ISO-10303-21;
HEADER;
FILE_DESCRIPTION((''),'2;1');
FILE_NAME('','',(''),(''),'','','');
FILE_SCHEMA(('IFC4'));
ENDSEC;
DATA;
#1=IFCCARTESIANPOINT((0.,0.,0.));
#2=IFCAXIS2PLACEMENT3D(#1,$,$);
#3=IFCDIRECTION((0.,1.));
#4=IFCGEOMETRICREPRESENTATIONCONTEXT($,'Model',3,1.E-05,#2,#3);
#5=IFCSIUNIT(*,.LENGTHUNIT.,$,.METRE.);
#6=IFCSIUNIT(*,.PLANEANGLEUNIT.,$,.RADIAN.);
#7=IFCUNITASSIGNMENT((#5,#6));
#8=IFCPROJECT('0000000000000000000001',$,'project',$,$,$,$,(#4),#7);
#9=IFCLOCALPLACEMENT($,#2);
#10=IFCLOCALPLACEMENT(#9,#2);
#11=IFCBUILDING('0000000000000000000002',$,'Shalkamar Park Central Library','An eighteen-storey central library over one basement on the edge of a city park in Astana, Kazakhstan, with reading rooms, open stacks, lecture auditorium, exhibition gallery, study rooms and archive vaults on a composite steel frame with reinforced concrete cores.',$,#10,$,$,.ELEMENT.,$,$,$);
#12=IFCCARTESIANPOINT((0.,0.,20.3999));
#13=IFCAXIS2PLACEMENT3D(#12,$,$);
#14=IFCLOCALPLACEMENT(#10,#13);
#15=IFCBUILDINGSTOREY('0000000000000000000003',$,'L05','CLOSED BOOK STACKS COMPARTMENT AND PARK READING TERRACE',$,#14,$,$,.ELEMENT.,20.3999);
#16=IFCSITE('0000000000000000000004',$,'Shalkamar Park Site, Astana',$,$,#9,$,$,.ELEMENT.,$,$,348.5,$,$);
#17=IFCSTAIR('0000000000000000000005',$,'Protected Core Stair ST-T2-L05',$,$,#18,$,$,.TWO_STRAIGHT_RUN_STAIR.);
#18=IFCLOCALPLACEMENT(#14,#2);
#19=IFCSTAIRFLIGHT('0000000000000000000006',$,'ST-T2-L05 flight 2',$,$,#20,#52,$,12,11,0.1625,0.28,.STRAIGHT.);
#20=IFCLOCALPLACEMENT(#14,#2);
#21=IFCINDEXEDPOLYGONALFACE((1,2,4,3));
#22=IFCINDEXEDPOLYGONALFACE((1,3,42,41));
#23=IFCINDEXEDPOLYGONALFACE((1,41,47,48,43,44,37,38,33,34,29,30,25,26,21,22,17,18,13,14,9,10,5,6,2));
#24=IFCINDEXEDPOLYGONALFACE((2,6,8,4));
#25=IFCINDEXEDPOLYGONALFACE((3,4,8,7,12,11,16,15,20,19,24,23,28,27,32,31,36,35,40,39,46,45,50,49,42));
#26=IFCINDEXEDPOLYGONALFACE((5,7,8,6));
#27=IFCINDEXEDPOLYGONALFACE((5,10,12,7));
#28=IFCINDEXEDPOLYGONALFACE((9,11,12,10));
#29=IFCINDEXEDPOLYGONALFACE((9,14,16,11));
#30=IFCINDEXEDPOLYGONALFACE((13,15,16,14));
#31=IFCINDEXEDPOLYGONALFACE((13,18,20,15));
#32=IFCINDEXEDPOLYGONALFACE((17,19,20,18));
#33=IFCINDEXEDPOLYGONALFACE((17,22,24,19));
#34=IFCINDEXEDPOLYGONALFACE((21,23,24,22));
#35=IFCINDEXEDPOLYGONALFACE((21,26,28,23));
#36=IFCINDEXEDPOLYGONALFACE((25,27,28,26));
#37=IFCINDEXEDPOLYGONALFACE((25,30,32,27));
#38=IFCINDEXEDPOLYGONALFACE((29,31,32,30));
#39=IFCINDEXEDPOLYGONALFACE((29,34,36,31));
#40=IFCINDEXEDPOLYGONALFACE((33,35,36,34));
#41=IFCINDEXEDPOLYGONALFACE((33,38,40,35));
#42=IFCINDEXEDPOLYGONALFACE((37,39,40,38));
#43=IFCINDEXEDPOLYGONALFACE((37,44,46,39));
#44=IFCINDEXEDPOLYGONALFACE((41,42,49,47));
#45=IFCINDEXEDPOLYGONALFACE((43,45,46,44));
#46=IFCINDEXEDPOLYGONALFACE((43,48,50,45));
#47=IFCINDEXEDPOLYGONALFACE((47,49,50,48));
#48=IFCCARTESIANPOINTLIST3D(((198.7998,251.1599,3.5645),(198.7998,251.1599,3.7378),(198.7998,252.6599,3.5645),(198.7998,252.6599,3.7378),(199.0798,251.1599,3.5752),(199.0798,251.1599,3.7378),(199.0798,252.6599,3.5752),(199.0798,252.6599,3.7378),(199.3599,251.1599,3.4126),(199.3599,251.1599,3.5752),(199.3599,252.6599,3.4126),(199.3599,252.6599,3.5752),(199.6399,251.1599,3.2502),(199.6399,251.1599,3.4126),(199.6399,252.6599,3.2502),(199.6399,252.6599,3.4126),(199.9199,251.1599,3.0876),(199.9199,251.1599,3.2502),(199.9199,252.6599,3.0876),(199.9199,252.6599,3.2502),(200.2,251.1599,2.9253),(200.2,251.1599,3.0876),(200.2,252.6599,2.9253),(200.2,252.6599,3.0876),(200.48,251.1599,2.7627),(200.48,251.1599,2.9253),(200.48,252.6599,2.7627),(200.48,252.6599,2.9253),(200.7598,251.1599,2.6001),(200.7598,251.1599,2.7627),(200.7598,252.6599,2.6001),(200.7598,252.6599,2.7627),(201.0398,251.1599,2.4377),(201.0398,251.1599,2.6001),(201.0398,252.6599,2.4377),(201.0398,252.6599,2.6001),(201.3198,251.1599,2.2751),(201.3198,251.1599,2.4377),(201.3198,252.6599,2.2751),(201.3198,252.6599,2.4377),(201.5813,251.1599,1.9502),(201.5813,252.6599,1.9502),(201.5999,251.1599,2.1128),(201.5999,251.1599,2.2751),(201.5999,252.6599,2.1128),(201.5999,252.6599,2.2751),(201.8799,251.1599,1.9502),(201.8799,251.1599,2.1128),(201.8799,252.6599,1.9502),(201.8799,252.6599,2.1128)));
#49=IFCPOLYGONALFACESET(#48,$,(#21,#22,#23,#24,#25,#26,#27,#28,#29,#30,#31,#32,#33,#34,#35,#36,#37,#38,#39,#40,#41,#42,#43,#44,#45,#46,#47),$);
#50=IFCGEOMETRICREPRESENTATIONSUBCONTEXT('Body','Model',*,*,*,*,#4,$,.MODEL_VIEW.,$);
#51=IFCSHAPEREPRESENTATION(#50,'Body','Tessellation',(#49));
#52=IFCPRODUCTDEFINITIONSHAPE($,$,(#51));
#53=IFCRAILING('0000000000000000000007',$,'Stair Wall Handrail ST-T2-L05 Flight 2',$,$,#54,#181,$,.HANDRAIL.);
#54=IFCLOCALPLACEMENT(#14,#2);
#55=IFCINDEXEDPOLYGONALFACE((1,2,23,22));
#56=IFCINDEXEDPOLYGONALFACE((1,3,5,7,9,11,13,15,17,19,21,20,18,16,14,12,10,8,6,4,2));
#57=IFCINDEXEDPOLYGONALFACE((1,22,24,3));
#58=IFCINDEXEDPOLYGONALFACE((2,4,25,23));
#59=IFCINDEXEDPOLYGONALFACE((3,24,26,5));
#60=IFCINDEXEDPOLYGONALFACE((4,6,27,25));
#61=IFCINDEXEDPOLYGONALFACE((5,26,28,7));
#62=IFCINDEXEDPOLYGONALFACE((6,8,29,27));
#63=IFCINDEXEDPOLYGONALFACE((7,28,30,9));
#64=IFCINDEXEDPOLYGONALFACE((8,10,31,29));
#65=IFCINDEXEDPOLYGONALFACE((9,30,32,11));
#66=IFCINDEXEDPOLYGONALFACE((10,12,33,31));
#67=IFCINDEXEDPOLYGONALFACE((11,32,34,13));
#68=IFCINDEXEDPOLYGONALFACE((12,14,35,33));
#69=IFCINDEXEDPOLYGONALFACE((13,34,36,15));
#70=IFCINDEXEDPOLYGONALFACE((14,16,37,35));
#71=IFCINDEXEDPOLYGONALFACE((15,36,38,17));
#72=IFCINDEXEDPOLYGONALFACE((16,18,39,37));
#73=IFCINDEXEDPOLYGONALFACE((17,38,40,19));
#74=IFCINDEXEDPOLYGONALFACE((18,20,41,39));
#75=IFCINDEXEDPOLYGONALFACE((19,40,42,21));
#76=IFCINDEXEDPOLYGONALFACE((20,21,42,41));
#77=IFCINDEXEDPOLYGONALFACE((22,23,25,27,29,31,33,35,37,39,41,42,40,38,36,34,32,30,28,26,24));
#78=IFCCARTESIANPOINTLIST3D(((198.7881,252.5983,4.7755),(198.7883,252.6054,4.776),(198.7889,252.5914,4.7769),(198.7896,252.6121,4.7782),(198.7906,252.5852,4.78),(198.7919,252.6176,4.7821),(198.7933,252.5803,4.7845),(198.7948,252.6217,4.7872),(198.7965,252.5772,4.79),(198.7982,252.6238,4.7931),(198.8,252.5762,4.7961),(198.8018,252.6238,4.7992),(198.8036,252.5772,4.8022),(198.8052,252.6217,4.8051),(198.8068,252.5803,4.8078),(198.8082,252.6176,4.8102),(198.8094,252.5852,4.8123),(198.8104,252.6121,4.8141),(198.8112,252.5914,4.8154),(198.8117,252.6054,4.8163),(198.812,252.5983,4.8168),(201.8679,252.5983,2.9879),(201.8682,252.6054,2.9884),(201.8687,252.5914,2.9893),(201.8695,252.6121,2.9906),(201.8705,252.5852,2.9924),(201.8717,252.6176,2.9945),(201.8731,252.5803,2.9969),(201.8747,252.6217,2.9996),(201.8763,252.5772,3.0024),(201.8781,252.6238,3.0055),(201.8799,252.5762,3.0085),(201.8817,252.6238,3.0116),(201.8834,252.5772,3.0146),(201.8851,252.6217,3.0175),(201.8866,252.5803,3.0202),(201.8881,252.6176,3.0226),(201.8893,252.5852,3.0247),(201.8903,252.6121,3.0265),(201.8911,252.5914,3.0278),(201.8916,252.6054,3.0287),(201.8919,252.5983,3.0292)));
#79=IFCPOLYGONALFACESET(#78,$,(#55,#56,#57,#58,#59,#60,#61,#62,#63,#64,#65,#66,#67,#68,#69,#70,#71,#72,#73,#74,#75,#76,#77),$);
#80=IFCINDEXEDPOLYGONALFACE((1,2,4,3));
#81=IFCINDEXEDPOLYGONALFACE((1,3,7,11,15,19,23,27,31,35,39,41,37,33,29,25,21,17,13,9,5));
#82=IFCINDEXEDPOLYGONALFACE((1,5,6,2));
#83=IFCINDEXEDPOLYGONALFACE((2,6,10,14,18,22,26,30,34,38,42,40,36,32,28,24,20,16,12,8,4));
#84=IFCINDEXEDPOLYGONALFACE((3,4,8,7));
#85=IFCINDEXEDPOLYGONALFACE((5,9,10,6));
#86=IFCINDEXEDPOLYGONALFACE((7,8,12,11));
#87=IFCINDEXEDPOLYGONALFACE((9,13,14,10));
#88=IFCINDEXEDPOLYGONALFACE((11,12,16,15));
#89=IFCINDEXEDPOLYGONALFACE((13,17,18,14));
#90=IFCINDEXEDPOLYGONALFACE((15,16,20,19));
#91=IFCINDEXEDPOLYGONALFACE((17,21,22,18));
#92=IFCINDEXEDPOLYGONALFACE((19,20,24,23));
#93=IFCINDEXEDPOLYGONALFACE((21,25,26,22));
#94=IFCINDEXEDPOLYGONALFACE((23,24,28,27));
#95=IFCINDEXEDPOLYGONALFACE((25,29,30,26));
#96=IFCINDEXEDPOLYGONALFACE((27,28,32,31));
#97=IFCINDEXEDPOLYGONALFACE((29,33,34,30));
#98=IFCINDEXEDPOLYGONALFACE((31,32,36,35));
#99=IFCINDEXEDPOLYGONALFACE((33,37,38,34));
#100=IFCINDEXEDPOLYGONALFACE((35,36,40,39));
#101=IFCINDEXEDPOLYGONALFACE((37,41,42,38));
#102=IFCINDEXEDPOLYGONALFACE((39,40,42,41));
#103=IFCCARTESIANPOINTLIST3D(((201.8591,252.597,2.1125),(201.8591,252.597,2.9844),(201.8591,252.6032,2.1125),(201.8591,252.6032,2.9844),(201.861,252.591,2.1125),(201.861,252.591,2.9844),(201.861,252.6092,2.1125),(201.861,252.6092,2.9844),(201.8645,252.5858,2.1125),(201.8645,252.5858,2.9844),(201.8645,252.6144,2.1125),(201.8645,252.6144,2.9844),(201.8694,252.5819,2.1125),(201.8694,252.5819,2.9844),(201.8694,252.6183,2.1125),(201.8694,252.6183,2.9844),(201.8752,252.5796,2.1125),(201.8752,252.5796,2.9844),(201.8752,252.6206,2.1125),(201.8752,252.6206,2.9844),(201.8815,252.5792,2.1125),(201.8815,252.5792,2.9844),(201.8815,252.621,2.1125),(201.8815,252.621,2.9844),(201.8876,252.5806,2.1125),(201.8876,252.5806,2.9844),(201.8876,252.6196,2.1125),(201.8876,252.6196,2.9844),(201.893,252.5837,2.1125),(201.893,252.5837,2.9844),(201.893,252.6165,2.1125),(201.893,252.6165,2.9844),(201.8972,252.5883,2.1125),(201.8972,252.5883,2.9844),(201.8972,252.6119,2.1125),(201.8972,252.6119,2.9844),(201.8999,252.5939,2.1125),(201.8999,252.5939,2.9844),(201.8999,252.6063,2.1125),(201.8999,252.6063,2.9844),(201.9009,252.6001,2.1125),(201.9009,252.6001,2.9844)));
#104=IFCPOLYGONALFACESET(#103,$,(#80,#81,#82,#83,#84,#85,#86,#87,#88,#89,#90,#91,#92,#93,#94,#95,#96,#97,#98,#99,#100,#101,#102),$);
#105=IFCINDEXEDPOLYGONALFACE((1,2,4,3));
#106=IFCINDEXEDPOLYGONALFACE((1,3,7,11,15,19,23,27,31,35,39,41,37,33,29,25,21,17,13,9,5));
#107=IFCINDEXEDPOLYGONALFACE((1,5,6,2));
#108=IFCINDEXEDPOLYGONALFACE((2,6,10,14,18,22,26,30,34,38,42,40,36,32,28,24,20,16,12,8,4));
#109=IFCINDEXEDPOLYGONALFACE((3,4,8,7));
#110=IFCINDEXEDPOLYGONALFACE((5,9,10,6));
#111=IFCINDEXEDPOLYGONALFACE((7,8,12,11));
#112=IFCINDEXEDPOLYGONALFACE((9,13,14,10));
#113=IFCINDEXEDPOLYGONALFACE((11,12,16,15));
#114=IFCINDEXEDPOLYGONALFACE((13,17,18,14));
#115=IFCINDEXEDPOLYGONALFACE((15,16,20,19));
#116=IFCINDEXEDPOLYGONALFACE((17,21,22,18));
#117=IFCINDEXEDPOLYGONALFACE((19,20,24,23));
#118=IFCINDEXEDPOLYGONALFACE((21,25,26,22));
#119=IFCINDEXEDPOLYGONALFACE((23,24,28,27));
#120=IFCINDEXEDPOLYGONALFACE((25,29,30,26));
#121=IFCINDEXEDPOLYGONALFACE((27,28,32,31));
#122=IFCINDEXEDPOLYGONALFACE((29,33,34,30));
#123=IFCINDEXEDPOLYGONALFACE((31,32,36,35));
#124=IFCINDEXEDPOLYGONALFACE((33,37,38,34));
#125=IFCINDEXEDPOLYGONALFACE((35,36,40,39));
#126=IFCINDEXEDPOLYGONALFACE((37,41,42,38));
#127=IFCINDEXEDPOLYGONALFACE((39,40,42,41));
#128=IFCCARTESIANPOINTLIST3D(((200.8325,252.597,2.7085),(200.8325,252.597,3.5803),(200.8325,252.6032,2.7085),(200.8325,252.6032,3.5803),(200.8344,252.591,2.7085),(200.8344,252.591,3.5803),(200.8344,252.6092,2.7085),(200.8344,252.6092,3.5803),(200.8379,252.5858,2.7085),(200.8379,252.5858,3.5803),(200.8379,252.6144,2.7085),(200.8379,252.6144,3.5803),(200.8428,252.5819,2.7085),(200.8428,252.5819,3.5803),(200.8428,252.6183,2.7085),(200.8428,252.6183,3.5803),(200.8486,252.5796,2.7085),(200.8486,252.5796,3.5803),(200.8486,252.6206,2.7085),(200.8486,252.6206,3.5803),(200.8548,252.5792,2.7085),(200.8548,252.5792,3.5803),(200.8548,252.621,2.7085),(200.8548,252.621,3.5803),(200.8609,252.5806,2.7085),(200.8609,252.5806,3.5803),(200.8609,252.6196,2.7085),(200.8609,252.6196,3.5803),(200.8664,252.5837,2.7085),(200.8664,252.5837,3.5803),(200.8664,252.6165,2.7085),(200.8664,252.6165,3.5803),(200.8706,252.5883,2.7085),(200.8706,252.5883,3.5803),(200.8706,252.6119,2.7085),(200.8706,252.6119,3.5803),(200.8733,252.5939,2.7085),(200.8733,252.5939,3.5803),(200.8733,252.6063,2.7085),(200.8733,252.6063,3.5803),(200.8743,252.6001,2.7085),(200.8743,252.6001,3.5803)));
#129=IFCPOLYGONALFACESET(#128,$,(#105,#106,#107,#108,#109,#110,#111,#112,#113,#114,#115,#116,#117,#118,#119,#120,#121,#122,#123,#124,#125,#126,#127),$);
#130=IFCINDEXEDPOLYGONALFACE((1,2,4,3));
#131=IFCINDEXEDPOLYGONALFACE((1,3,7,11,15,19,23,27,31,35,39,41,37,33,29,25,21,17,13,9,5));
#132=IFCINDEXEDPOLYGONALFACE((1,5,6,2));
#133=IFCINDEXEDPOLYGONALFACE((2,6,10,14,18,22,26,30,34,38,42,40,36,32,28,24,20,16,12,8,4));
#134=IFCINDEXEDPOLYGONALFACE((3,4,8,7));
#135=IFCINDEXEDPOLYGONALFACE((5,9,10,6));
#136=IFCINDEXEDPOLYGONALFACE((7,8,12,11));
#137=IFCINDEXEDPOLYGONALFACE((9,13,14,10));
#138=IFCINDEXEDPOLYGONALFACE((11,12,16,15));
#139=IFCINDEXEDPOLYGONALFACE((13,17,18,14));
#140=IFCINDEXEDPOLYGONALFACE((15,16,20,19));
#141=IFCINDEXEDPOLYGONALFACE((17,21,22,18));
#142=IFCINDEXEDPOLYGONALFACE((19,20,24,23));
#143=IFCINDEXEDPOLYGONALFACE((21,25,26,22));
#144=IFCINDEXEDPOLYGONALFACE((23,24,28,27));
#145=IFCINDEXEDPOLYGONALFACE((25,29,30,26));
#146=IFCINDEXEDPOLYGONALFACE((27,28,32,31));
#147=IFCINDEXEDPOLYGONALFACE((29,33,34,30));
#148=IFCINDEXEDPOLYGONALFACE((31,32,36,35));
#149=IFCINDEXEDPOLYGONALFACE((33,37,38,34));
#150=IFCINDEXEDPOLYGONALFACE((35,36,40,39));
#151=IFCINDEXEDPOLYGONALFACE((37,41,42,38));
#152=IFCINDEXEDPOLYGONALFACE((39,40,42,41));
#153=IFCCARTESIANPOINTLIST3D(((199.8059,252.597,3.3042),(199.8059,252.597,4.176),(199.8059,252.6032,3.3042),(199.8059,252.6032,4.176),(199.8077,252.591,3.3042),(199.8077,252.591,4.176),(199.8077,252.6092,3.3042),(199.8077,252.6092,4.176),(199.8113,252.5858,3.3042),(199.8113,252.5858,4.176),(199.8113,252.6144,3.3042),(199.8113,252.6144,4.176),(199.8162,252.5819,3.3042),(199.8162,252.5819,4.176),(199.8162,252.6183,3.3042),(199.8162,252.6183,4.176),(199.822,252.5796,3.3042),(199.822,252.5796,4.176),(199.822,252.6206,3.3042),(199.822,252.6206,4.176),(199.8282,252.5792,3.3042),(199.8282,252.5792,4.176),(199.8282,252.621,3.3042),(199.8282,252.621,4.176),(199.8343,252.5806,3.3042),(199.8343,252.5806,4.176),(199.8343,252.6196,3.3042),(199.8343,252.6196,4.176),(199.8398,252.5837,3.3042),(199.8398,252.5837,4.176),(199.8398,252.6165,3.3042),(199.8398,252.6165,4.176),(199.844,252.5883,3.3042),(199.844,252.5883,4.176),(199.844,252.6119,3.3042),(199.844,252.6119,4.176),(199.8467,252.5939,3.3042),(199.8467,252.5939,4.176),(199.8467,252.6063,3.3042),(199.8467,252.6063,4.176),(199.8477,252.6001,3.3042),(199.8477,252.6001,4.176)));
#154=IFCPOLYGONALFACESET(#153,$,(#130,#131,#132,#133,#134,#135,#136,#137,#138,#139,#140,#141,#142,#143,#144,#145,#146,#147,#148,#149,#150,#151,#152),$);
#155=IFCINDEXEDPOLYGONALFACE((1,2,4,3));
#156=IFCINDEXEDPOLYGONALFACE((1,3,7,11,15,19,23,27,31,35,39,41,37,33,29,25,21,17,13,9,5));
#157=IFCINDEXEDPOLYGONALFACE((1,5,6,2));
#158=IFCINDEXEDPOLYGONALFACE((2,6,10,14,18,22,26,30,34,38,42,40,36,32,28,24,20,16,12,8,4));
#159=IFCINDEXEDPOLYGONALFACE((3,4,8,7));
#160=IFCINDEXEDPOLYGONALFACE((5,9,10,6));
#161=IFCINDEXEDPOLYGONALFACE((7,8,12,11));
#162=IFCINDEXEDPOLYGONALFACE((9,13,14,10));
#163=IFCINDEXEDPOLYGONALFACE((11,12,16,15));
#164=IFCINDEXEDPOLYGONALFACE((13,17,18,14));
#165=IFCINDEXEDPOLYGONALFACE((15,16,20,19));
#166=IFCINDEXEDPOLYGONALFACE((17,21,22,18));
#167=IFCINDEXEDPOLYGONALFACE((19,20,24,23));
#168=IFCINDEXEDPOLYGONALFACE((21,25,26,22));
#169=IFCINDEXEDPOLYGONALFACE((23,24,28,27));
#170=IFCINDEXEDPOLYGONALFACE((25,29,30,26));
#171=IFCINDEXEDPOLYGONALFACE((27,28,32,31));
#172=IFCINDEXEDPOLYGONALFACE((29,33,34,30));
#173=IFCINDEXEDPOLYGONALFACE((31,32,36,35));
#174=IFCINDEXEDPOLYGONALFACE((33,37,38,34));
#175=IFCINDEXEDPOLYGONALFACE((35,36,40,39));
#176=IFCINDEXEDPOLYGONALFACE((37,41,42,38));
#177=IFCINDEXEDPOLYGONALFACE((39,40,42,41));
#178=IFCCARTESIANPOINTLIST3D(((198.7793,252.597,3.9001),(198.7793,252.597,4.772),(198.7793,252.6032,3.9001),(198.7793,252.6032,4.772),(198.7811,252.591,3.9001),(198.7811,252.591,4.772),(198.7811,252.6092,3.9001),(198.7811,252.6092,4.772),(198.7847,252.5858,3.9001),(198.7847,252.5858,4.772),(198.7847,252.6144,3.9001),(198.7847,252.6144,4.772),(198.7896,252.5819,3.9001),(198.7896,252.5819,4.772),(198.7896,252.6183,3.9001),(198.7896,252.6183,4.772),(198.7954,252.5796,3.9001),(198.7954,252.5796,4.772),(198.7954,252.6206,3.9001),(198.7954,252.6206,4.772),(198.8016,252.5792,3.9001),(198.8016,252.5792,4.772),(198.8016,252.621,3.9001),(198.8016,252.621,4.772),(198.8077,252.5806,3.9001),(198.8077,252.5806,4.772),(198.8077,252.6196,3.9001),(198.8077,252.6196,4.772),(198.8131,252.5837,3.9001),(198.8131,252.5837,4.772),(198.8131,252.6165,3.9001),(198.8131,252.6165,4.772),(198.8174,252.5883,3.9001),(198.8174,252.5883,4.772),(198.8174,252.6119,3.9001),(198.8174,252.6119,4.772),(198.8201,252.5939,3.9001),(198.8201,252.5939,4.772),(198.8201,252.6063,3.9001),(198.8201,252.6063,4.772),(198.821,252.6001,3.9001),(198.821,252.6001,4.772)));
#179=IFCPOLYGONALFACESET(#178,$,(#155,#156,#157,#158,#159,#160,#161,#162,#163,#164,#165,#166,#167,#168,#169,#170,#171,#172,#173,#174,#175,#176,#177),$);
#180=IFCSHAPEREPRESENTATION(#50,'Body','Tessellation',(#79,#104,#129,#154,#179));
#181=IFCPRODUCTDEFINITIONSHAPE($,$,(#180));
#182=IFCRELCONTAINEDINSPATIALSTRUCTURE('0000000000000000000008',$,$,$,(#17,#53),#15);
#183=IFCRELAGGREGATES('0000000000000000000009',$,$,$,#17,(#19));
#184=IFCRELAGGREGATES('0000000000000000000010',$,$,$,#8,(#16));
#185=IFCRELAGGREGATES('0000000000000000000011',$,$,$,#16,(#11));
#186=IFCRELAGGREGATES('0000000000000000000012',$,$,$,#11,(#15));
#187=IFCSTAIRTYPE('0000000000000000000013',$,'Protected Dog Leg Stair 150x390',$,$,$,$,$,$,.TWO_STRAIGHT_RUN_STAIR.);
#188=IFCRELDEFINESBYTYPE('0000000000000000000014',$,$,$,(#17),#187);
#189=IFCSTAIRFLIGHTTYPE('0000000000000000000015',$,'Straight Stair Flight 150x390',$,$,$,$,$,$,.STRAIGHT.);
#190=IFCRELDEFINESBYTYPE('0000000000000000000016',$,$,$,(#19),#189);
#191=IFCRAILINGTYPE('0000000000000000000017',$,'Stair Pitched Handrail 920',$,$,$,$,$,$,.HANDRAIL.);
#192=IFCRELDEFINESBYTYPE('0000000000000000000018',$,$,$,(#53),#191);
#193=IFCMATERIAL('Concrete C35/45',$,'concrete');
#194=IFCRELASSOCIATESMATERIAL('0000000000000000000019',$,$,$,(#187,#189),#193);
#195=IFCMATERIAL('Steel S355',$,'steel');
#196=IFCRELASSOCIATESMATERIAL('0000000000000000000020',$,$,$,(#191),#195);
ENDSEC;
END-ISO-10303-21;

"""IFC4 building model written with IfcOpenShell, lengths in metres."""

from ifc_helpers import new_model, si_unit, direction, frame, origin, origin_2d, place, context, subcontext, project, spatial, polyline, circle, outline, extrude, material, type_object, element, aggregate, save


model = new_model("IFC4")

# Units and contexts
model_context = context("Model", 3, precision=1e-05, world=origin(), true_north=direction((0.0, 1.0)))
body_context = subcontext(model_context, "Body", "Model", "MODEL_VIEW")
ifc_project = project(units=[si_unit("LENGTHUNIT", "METRE"), si_unit("PLANEANGLEUNIT", "RADIAN")], contexts=[model_context])

# Site, building, storey
site_placement = place(None, origin())
site = spatial("IfcSite", under=ifc_project, at=site_placement, Name="Shalkamar Park Site, Astana", CompositionType="ELEMENT", RefElevation=348.5)
building_placement = place(site_placement, origin())
building = spatial("IfcBuilding", under=site, at=building_placement, Name="Shalkamar Park Central Library", Description="An eighteen-storey central library over one basement on the edge of a city park in Astana, Kazakhstan, with reading rooms, open stacks, lecture auditorium, exhibition gallery, study rooms and archive vaults on a composite steel frame with reinforced concrete cores.", CompositionType="ELEMENT")
storey_placement = place(building_placement, frame((0.0, 0.0, 20.3999)))
storey = spatial("IfcBuildingStorey", under=building, at=storey_placement, Name="L05", Description="CLOSED BOOK STACKS COMPARTMENT AND PARK READING TERRACE", CompositionType="ELEMENT", Elevation=20.3999)

# Shared definitions
ifc_material_1 = material(Name="Steel S355", Category="steel")

# Stair, stair flight
ifc_material_2 = material(Name="Concrete C35/45", Category="concrete")
stair_type = type_object("IfcStairType", Name="Protected Dog Leg Stair 150x390", PredefinedType="TWO_STRAIGHT_RUN_STAIR", material=ifc_material_2)
stair_placement = place(storey_placement, origin())
stair = element("IfcStair", 1, at=stair_placement, inside=storey, type_object=stair_type, Name="Protected Core Stair ST-T2-L05", PredefinedType="TWO_STRAIGHT_RUN_STAIR")
stair_flight_type = type_object("IfcStairFlightType", Name="Straight Stair Flight 150x390", PredefinedType="STRAIGHT", material=ifc_material_2)
stair_flight_placement = place(storey_placement, frame((201.8799, 251.9099, 1.9502), z_axis=(0.0, 0.0, 1.0), x_axis=(-1.0, 0.0, 0.0)))
stair_flight = element("IfcStairFlight", 2, at=stair_flight_placement, type_object=stair_flight_type, Name="ST-T2-L05 flight 2", NumberOfRisers=12, NumberOfTreads=11, PredefinedType="STRAIGHT", RiserHeight=0.1625, TreadLength=0.28, context=body_context, shape_type="SweptSolid", body=[
    extrude(outline(polyline([(0.0, 0.0), (0.0, 0.1626), (0.28, 0.1626), (0.28, 0.325), (0.5601, 0.325), (0.5601, 0.4875), (0.8401, 0.4875), (0.8401, 0.6499), (1.1201, 0.6499), (1.1201, 0.8125), (1.3999, 0.8125), (1.3999, 0.9751), (1.6799, 0.9751), (1.6799, 1.1375), (1.96, 1.1375), (1.96, 1.3), (2.24, 1.3), (2.24, 1.4624), (2.52, 1.4624), (2.52, 1.625), (2.8, 1.625), (2.8, 1.7876), (3.0801, 1.7876), (3.0801, 1.95), (3.0801, 1.6143), (0.2986, 0.0), (0.0, 0.0)])), frame((0.0, 0.75, 0.0), z_axis=(0.0, -1.0, 0.0), x_axis=(1.0, 0.0, 0.0)), (0.0, 0.0, 1.0), 1.5),
])
aggregate(stair, [stair_flight])

# Railing
railing_type = type_object("IfcRailingType", Name="Stair Pitched Handrail 920", PredefinedType="HANDRAIL", material=ifc_material_1)
railing_placement = place(storey_placement, frame((201.8799, 252.6001, 2.1125)))
element("IfcRailing", 3, at=railing_placement, inside=storey, type_object=railing_type, Name="Stair Wall Handrail ST-T2-L05 Flight 2", PredefinedType="HANDRAIL", context=body_context, shape_type="SweptSolid", body=[
    extrude(circle(Radius=0.0239, at=origin_2d()), frame((0.0, 0.0, 0.896), z_axis=(-0.864873, 0.0, 0.50199), x_axis=(0.0, -1.0, 0.0)), (0.0, 0.0, 1.0), 3.561),
    extrude(circle(Radius=0.021, at=origin_2d()), origin(), (0.0, 0.0, 1.0), 0.8718),
    extrude(circle(Radius=0.021, at=origin_2d()), frame((-1.0266, 0.0, 0.5959)), (0.0, 0.0, 1.0), 0.8718),
    extrude(circle(Radius=0.021, at=origin_2d()), frame((-2.0532, 0.0, 1.1917)), (0.0, 0.0, 1.0), 0.8718),
    extrude(circle(Radius=0.021, at=origin_2d()), frame((-3.0798, 0.0, 1.7876)), (0.0, 0.0, 1.0), 0.8718),
])

save(model, "model.ifc")
